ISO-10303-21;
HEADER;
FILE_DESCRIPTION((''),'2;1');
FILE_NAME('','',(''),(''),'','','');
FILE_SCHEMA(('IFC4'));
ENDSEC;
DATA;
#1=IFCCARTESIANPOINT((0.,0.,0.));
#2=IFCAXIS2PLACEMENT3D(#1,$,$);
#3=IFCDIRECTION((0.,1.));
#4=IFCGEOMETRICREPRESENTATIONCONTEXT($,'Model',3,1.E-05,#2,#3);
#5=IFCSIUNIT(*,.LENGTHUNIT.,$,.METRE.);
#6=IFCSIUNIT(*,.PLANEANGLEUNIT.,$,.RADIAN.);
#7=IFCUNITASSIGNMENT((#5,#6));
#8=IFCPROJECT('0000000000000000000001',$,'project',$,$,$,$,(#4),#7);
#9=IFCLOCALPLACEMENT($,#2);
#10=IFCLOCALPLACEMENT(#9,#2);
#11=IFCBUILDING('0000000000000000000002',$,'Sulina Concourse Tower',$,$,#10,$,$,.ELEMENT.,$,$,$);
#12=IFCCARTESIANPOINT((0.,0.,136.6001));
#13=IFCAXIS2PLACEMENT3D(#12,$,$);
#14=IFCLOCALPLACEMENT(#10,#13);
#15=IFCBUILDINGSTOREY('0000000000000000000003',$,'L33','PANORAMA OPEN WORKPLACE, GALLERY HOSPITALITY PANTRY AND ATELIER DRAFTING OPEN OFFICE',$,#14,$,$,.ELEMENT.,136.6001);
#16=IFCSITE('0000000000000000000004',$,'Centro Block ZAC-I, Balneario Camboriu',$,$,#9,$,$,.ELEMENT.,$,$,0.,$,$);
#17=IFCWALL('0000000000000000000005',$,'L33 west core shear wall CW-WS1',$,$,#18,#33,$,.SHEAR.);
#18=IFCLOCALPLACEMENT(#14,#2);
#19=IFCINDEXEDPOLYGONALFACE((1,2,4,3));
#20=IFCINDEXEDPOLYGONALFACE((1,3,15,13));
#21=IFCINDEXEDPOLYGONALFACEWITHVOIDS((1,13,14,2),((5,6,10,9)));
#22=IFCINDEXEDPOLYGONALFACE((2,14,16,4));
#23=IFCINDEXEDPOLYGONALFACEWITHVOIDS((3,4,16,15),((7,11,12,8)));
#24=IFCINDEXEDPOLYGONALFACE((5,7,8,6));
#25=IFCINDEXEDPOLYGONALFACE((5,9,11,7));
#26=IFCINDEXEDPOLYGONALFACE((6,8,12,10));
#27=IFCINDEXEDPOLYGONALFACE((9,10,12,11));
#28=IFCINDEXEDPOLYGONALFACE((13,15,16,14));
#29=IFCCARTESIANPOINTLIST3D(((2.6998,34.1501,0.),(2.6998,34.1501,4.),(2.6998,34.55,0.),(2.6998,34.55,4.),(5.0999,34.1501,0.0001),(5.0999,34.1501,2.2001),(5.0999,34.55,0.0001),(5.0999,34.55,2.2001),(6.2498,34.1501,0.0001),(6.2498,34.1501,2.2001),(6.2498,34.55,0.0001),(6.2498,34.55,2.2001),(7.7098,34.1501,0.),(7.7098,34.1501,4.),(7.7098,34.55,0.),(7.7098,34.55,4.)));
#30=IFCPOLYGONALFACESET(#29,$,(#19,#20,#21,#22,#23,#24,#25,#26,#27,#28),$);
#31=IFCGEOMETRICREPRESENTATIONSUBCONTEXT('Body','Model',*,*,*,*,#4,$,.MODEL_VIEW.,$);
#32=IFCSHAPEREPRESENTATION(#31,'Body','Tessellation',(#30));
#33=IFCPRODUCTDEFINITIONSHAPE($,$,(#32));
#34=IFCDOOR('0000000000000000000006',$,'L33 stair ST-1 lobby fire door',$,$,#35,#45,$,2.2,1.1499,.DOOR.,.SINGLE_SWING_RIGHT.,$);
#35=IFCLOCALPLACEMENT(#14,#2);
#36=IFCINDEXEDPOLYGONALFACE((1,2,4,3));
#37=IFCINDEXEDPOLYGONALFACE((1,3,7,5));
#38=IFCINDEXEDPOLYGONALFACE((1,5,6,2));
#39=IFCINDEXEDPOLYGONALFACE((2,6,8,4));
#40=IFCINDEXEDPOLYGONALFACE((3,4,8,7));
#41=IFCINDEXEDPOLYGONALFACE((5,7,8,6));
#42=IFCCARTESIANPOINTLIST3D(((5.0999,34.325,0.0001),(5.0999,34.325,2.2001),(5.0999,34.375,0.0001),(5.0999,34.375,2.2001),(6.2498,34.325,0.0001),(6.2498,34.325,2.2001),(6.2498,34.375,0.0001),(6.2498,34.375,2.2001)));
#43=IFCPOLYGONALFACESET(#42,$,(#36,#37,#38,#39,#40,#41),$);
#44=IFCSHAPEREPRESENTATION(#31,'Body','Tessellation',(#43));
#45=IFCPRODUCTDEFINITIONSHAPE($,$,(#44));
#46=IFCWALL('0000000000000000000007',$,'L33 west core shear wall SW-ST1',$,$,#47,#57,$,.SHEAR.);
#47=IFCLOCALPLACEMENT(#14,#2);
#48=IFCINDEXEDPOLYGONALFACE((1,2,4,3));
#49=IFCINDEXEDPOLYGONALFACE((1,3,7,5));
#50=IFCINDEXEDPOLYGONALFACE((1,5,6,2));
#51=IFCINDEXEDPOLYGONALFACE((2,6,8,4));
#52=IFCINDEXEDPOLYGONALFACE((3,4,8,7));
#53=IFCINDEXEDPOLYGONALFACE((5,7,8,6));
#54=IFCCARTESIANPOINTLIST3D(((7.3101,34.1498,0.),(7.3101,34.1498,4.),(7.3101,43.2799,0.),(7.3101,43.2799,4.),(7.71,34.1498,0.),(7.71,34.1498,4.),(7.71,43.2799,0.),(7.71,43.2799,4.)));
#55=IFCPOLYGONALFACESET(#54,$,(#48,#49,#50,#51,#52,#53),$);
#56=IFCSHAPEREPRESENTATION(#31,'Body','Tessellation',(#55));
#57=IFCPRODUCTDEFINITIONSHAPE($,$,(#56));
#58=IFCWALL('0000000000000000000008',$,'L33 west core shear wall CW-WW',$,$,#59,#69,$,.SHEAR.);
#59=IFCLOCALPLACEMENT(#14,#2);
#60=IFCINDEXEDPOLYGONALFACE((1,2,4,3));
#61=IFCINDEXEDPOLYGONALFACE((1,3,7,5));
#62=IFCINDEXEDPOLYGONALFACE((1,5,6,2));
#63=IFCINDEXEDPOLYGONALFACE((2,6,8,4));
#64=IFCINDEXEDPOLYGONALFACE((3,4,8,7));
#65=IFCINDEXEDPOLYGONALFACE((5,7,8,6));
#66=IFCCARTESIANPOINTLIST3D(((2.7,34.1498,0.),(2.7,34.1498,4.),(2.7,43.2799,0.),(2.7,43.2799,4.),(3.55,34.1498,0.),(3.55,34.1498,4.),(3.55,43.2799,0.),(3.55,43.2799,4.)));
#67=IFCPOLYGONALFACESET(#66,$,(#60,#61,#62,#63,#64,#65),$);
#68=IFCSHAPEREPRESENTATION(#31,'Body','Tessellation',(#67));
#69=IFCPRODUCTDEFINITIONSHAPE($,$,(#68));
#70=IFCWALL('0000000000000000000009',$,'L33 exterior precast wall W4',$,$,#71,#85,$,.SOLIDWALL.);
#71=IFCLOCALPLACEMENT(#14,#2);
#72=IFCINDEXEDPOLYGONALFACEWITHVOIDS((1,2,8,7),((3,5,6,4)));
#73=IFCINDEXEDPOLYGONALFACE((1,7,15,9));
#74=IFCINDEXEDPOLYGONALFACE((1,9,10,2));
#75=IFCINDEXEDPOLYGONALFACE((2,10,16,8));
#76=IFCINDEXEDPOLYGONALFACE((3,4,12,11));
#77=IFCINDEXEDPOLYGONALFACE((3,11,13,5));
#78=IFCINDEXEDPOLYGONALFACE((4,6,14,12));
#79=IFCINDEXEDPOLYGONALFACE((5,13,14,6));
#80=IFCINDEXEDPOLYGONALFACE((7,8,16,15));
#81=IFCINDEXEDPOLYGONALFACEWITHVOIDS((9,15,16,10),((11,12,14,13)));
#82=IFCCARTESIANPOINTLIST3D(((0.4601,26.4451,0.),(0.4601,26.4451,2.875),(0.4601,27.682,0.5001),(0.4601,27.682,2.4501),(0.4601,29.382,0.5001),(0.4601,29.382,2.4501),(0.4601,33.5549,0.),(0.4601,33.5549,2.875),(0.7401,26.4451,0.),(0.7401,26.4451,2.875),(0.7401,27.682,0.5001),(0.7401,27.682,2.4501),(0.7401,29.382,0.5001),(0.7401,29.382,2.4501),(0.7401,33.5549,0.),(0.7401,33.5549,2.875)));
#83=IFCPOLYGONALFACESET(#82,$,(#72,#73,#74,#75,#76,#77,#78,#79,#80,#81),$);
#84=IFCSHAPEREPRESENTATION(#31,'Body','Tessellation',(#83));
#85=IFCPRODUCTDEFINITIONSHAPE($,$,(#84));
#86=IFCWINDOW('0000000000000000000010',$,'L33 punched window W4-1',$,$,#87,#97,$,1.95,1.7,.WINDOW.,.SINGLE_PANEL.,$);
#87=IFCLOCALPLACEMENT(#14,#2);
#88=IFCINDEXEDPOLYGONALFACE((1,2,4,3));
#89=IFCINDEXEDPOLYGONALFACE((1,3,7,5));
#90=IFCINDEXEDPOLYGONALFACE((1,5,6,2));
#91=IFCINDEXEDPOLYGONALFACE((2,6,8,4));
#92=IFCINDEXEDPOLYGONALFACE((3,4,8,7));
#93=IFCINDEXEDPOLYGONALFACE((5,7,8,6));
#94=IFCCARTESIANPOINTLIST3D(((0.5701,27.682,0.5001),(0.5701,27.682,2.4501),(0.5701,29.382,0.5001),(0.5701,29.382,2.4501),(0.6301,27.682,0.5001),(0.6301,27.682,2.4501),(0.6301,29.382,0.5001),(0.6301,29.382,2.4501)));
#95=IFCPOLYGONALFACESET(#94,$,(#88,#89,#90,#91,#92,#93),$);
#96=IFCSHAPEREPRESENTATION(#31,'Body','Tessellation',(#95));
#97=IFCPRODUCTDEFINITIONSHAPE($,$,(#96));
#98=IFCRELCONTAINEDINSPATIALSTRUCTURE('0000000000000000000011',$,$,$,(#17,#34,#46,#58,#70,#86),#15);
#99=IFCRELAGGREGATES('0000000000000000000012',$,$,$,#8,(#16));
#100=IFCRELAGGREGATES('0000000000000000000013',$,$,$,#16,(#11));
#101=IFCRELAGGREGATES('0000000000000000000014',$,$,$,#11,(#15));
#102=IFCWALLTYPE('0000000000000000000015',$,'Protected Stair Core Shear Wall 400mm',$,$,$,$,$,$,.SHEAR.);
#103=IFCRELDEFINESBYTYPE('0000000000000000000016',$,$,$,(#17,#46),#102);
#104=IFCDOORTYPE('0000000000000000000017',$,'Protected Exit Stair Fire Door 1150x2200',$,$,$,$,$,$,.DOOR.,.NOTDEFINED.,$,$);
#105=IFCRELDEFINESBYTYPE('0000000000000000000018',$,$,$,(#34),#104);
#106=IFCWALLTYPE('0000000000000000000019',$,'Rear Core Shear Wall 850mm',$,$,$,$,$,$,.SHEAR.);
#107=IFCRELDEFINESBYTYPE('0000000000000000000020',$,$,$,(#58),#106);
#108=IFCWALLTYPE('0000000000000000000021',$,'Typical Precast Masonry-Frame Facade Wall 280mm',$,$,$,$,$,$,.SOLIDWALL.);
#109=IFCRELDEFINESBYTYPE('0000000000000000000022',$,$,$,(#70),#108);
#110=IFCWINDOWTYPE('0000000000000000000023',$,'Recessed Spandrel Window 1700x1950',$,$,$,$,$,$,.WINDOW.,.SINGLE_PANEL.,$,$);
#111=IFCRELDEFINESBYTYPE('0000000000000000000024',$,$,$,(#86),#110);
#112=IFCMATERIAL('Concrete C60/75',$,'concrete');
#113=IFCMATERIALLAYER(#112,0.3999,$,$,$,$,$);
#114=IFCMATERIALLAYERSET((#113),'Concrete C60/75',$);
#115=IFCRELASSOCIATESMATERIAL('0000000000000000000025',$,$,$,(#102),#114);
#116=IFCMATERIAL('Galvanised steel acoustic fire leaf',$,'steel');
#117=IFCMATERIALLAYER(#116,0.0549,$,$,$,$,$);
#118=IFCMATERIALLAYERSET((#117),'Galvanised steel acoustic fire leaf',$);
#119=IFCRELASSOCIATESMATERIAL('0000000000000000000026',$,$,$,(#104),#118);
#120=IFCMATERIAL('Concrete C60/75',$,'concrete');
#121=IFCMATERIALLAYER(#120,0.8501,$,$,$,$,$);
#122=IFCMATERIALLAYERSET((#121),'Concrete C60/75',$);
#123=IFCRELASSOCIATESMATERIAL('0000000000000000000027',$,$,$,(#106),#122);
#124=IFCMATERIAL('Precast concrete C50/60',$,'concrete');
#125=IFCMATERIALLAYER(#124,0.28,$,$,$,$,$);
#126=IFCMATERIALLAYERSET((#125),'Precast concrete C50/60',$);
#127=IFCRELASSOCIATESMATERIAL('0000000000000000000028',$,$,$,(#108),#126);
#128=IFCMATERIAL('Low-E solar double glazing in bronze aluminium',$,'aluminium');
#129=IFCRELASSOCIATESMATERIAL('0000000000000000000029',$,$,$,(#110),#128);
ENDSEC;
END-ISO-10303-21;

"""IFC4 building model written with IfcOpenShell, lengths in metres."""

from ifc_helpers import new_model, si_unit, direction, frame, frame_2d, origin, place, context, subcontext, project, spatial, rectangle, extrude, material, layer, layer_set, type_object, element, fill, save


model = new_model("IFC4")

# Units and contexts
model_context = context("Model", 3, precision=1e-05, world=origin(), true_north=direction((0.0, 1.0)))
body_context = subcontext(model_context, "Body", "Model", "MODEL_VIEW")
ifc_project = project(units=[si_unit("LENGTHUNIT", "METRE"), si_unit("PLANEANGLEUNIT", "RADIAN")], contexts=[model_context])

# Site, building, storey
site_placement = place(None, origin())
site = spatial("IfcSite", under=ifc_project, at=site_placement, Name="Centro Block ZAC-I, Balneario Camboriu", CompositionType="ELEMENT", RefElevation=0.0)
building_placement = place(site_placement, origin())
building = spatial("IfcBuilding", under=site, at=building_placement, Name="Sulina Concourse Tower", CompositionType="ELEMENT")
storey_placement = place(building_placement, frame((0.0, 0.0, 136.6001)))
storey = spatial("IfcBuildingStorey", under=building, at=storey_placement, Name="L33", Description="PANORAMA OPEN WORKPLACE, GALLERY HOSPITALITY PANTRY AND ATELIER DRAFTING OPEN OFFICE", CompositionType="ELEMENT", Elevation=136.6001)

# Wall, opening, door
ifc_material_1 = material(Name="Concrete C60/75", Category="concrete")
ifc_layer_1 = layer(ifc_material_1, 0.3999)
ifc_layer_set_1 = layer_set([ifc_layer_1], Name="Concrete C60/75")
wall_type_1 = type_object("IfcWallType", Name="Protected Stair Core Shear Wall 400mm", PredefinedType="SHEAR", material=ifc_layer_set_1)
wall_1_placement = place(storey_placement, frame((2.7, 34.3501, 0.0), z_axis=(0.0, 0.0, 1.0), x_axis=(1.0, 0.0, 0.0)))
wall_1 = element("IfcWall", 1, at=wall_1_placement, inside=storey, type_object=wall_type_1, Name="L33 west core shear wall CW-WS1", PredefinedType="SHEAR", context=body_context, shape_type="SweptSolid", body=[
    extrude(rectangle(XDim=5.01, YDim=0.3999, at=frame_2d((2.5049, 0.0))), origin(), (0.0, 0.0, 1.0), 4.0),
])
opening_1_placement = place(wall_1_placement, frame((2.3999, 0.0, 0.0)))
opening_1 = element("IfcOpeningElement", 2, at=opening_1_placement, cuts=wall_1, PredefinedType="OPENING", context=body_context, shape_type="SweptSolid", body=[
    extrude(rectangle(XDim=1.1499, YDim=2.2, at=frame_2d((0.575, 1.1001))), frame((0.0, 0.21, 0.0), z_axis=(0.0, -1.0, 0.0), x_axis=(1.0, 0.0, 0.0)), (0.0, 0.0, 1.0), 0.4199),
])
ifc_material_2 = material(Name="Galvanised steel acoustic fire leaf", Category="steel")
ifc_layer_2 = layer(ifc_material_2, 0.0549)
ifc_layer_set_2 = layer_set([ifc_layer_2], Name="Galvanised steel acoustic fire leaf")
door_type = type_object("IfcDoorType", Name="Protected Exit Stair Fire Door 1150x2200", OperationType="NOTDEFINED", PredefinedType="DOOR", material=ifc_layer_set_2)
door_placement = place(opening_1_placement, origin())
door = element("IfcDoor", 3, at=door_placement, inside=storey, type_object=door_type, Name="L33 stair ST-1 lobby fire door", OperationType="SINGLE_SWING_RIGHT", OverallHeight=2.2, OverallWidth=1.1499, PredefinedType="DOOR", context=body_context, shape_type="SweptSolid", body=[
    extrude(rectangle(XDim=1.1499, YDim=2.2, at=frame_2d((0.575, 1.1001))), frame((0.0, 0.0249, 0.0), z_axis=(0.0, -1.0, 0.0), x_axis=(1.0, 0.0, 0.0)), (0.0, 0.0, 1.0), 0.05),
])
fill(opening_1, door)

# Walls
wall_2_placement = place(storey_placement, frame((7.51, 34.1499, 0.0), z_axis=(0.0, 0.0, 1.0), x_axis=(0.0, 1.0, 0.0)))
element("IfcWall", 4, at=wall_2_placement, inside=storey, type_object=wall_type_1, Name="L33 west core shear wall SW-ST1", PredefinedType="SHEAR", context=body_context, shape_type="SweptSolid", body=[
    extrude(rectangle(XDim=9.1301, YDim=0.3999, at=frame_2d((4.5649, 0.0))), origin(), (0.0, 0.0, 1.0), 4.0),
])
ifc_material_3 = material(Name="Concrete C60/75", Category="concrete")
ifc_layer_3 = layer(ifc_material_3, 0.8501)
ifc_layer_set_3 = layer_set([ifc_layer_3], Name="Concrete C60/75")
wall_type_2 = type_object("IfcWallType", Name="Rear Core Shear Wall 850mm", PredefinedType="SHEAR", material=ifc_layer_set_3)
wall_3_placement = place(storey_placement, frame((3.125, 34.1499, 0.0), z_axis=(0.0, 0.0, 1.0), x_axis=(0.0, 1.0, 0.0)))
element("IfcWall", 5, at=wall_3_placement, inside=storey, type_object=wall_type_2, Name="L33 west core shear wall CW-WW", PredefinedType="SHEAR", context=body_context, shape_type="SweptSolid", body=[
    extrude(rectangle(XDim=9.1301, YDim=0.8501, at=frame_2d((4.5649, 0.0))), origin(), (0.0, 0.0, 1.0), 4.0),
])

# Wall, opening, window
ifc_material_4 = material(Name="Precast concrete C50/60", Category="concrete")
ifc_layer_4 = layer(ifc_material_4, 0.28)
ifc_layer_set_4 = layer_set([ifc_layer_4], Name="Precast concrete C50/60")
wall_type_3 = type_object("IfcWallType", Name="Typical Precast Masonry-Frame Facade Wall 280mm", PredefinedType="SOLIDWALL", material=ifc_layer_set_4)
wall_4_placement = place(storey_placement, frame((0.6001, 26.4451, 0.0), z_axis=(0.0, 0.0, 1.0), x_axis=(0.0, 1.0, 0.0)))
wall_4 = element("IfcWall", 6, at=wall_4_placement, inside=storey, type_object=wall_type_3, Name="L33 exterior precast wall W4", PredefinedType="SOLIDWALL", context=body_context, shape_type="SweptSolid", body=[
    extrude(rectangle(XDim=7.1099, YDim=0.28, at=frame_2d((3.5549, 0.0))), origin(), (0.0, 0.0, 1.0), 2.875),
])
opening_2_placement = place(wall_4_placement, frame((1.2368, 0.0, 0.5)))
opening_2 = element("IfcOpeningElement", 7, at=opening_2_placement, cuts=wall_4, PredefinedType="OPENING", context=body_context, shape_type="SweptSolid", body=[
    extrude(rectangle(XDim=1.7, YDim=1.95, at=frame_2d((0.8501, 0.9751))), frame((0.0, 0.1499, 0.0), z_axis=(0.0, -1.0, 0.0), x_axis=(1.0, 0.0, 0.0)), (0.0, 0.0, 1.0), 0.3),
])
ifc_material_5 = material(Name="Low-E solar double glazing in bronze aluminium", Category="aluminium")
window_type = type_object("IfcWindowType", Name="Recessed Spandrel Window 1700x1950", PartitioningType="SINGLE_PANEL", PredefinedType="WINDOW", material=ifc_material_5)
window_placement = place(opening_2_placement, origin())
window = element("IfcWindow", 8, at=window_placement, inside=storey, type_object=window_type, Name="L33 punched window W4-1", OverallHeight=1.95, OverallWidth=1.7, PartitioningType="SINGLE_PANEL", PredefinedType="WINDOW", context=body_context, shape_type="SweptSolid", body=[
    extrude(rectangle(XDim=1.7, YDim=1.95, at=frame_2d((0.8501, 0.9751))), frame((0.0, 0.03, 0.0), z_axis=(0.0, -1.0, 0.0), x_axis=(1.0, 0.0, 0.0)), (0.0, 0.0, 1.0), 0.0601),
])
fill(opening_2, window)

save(model, "model.ifc")
